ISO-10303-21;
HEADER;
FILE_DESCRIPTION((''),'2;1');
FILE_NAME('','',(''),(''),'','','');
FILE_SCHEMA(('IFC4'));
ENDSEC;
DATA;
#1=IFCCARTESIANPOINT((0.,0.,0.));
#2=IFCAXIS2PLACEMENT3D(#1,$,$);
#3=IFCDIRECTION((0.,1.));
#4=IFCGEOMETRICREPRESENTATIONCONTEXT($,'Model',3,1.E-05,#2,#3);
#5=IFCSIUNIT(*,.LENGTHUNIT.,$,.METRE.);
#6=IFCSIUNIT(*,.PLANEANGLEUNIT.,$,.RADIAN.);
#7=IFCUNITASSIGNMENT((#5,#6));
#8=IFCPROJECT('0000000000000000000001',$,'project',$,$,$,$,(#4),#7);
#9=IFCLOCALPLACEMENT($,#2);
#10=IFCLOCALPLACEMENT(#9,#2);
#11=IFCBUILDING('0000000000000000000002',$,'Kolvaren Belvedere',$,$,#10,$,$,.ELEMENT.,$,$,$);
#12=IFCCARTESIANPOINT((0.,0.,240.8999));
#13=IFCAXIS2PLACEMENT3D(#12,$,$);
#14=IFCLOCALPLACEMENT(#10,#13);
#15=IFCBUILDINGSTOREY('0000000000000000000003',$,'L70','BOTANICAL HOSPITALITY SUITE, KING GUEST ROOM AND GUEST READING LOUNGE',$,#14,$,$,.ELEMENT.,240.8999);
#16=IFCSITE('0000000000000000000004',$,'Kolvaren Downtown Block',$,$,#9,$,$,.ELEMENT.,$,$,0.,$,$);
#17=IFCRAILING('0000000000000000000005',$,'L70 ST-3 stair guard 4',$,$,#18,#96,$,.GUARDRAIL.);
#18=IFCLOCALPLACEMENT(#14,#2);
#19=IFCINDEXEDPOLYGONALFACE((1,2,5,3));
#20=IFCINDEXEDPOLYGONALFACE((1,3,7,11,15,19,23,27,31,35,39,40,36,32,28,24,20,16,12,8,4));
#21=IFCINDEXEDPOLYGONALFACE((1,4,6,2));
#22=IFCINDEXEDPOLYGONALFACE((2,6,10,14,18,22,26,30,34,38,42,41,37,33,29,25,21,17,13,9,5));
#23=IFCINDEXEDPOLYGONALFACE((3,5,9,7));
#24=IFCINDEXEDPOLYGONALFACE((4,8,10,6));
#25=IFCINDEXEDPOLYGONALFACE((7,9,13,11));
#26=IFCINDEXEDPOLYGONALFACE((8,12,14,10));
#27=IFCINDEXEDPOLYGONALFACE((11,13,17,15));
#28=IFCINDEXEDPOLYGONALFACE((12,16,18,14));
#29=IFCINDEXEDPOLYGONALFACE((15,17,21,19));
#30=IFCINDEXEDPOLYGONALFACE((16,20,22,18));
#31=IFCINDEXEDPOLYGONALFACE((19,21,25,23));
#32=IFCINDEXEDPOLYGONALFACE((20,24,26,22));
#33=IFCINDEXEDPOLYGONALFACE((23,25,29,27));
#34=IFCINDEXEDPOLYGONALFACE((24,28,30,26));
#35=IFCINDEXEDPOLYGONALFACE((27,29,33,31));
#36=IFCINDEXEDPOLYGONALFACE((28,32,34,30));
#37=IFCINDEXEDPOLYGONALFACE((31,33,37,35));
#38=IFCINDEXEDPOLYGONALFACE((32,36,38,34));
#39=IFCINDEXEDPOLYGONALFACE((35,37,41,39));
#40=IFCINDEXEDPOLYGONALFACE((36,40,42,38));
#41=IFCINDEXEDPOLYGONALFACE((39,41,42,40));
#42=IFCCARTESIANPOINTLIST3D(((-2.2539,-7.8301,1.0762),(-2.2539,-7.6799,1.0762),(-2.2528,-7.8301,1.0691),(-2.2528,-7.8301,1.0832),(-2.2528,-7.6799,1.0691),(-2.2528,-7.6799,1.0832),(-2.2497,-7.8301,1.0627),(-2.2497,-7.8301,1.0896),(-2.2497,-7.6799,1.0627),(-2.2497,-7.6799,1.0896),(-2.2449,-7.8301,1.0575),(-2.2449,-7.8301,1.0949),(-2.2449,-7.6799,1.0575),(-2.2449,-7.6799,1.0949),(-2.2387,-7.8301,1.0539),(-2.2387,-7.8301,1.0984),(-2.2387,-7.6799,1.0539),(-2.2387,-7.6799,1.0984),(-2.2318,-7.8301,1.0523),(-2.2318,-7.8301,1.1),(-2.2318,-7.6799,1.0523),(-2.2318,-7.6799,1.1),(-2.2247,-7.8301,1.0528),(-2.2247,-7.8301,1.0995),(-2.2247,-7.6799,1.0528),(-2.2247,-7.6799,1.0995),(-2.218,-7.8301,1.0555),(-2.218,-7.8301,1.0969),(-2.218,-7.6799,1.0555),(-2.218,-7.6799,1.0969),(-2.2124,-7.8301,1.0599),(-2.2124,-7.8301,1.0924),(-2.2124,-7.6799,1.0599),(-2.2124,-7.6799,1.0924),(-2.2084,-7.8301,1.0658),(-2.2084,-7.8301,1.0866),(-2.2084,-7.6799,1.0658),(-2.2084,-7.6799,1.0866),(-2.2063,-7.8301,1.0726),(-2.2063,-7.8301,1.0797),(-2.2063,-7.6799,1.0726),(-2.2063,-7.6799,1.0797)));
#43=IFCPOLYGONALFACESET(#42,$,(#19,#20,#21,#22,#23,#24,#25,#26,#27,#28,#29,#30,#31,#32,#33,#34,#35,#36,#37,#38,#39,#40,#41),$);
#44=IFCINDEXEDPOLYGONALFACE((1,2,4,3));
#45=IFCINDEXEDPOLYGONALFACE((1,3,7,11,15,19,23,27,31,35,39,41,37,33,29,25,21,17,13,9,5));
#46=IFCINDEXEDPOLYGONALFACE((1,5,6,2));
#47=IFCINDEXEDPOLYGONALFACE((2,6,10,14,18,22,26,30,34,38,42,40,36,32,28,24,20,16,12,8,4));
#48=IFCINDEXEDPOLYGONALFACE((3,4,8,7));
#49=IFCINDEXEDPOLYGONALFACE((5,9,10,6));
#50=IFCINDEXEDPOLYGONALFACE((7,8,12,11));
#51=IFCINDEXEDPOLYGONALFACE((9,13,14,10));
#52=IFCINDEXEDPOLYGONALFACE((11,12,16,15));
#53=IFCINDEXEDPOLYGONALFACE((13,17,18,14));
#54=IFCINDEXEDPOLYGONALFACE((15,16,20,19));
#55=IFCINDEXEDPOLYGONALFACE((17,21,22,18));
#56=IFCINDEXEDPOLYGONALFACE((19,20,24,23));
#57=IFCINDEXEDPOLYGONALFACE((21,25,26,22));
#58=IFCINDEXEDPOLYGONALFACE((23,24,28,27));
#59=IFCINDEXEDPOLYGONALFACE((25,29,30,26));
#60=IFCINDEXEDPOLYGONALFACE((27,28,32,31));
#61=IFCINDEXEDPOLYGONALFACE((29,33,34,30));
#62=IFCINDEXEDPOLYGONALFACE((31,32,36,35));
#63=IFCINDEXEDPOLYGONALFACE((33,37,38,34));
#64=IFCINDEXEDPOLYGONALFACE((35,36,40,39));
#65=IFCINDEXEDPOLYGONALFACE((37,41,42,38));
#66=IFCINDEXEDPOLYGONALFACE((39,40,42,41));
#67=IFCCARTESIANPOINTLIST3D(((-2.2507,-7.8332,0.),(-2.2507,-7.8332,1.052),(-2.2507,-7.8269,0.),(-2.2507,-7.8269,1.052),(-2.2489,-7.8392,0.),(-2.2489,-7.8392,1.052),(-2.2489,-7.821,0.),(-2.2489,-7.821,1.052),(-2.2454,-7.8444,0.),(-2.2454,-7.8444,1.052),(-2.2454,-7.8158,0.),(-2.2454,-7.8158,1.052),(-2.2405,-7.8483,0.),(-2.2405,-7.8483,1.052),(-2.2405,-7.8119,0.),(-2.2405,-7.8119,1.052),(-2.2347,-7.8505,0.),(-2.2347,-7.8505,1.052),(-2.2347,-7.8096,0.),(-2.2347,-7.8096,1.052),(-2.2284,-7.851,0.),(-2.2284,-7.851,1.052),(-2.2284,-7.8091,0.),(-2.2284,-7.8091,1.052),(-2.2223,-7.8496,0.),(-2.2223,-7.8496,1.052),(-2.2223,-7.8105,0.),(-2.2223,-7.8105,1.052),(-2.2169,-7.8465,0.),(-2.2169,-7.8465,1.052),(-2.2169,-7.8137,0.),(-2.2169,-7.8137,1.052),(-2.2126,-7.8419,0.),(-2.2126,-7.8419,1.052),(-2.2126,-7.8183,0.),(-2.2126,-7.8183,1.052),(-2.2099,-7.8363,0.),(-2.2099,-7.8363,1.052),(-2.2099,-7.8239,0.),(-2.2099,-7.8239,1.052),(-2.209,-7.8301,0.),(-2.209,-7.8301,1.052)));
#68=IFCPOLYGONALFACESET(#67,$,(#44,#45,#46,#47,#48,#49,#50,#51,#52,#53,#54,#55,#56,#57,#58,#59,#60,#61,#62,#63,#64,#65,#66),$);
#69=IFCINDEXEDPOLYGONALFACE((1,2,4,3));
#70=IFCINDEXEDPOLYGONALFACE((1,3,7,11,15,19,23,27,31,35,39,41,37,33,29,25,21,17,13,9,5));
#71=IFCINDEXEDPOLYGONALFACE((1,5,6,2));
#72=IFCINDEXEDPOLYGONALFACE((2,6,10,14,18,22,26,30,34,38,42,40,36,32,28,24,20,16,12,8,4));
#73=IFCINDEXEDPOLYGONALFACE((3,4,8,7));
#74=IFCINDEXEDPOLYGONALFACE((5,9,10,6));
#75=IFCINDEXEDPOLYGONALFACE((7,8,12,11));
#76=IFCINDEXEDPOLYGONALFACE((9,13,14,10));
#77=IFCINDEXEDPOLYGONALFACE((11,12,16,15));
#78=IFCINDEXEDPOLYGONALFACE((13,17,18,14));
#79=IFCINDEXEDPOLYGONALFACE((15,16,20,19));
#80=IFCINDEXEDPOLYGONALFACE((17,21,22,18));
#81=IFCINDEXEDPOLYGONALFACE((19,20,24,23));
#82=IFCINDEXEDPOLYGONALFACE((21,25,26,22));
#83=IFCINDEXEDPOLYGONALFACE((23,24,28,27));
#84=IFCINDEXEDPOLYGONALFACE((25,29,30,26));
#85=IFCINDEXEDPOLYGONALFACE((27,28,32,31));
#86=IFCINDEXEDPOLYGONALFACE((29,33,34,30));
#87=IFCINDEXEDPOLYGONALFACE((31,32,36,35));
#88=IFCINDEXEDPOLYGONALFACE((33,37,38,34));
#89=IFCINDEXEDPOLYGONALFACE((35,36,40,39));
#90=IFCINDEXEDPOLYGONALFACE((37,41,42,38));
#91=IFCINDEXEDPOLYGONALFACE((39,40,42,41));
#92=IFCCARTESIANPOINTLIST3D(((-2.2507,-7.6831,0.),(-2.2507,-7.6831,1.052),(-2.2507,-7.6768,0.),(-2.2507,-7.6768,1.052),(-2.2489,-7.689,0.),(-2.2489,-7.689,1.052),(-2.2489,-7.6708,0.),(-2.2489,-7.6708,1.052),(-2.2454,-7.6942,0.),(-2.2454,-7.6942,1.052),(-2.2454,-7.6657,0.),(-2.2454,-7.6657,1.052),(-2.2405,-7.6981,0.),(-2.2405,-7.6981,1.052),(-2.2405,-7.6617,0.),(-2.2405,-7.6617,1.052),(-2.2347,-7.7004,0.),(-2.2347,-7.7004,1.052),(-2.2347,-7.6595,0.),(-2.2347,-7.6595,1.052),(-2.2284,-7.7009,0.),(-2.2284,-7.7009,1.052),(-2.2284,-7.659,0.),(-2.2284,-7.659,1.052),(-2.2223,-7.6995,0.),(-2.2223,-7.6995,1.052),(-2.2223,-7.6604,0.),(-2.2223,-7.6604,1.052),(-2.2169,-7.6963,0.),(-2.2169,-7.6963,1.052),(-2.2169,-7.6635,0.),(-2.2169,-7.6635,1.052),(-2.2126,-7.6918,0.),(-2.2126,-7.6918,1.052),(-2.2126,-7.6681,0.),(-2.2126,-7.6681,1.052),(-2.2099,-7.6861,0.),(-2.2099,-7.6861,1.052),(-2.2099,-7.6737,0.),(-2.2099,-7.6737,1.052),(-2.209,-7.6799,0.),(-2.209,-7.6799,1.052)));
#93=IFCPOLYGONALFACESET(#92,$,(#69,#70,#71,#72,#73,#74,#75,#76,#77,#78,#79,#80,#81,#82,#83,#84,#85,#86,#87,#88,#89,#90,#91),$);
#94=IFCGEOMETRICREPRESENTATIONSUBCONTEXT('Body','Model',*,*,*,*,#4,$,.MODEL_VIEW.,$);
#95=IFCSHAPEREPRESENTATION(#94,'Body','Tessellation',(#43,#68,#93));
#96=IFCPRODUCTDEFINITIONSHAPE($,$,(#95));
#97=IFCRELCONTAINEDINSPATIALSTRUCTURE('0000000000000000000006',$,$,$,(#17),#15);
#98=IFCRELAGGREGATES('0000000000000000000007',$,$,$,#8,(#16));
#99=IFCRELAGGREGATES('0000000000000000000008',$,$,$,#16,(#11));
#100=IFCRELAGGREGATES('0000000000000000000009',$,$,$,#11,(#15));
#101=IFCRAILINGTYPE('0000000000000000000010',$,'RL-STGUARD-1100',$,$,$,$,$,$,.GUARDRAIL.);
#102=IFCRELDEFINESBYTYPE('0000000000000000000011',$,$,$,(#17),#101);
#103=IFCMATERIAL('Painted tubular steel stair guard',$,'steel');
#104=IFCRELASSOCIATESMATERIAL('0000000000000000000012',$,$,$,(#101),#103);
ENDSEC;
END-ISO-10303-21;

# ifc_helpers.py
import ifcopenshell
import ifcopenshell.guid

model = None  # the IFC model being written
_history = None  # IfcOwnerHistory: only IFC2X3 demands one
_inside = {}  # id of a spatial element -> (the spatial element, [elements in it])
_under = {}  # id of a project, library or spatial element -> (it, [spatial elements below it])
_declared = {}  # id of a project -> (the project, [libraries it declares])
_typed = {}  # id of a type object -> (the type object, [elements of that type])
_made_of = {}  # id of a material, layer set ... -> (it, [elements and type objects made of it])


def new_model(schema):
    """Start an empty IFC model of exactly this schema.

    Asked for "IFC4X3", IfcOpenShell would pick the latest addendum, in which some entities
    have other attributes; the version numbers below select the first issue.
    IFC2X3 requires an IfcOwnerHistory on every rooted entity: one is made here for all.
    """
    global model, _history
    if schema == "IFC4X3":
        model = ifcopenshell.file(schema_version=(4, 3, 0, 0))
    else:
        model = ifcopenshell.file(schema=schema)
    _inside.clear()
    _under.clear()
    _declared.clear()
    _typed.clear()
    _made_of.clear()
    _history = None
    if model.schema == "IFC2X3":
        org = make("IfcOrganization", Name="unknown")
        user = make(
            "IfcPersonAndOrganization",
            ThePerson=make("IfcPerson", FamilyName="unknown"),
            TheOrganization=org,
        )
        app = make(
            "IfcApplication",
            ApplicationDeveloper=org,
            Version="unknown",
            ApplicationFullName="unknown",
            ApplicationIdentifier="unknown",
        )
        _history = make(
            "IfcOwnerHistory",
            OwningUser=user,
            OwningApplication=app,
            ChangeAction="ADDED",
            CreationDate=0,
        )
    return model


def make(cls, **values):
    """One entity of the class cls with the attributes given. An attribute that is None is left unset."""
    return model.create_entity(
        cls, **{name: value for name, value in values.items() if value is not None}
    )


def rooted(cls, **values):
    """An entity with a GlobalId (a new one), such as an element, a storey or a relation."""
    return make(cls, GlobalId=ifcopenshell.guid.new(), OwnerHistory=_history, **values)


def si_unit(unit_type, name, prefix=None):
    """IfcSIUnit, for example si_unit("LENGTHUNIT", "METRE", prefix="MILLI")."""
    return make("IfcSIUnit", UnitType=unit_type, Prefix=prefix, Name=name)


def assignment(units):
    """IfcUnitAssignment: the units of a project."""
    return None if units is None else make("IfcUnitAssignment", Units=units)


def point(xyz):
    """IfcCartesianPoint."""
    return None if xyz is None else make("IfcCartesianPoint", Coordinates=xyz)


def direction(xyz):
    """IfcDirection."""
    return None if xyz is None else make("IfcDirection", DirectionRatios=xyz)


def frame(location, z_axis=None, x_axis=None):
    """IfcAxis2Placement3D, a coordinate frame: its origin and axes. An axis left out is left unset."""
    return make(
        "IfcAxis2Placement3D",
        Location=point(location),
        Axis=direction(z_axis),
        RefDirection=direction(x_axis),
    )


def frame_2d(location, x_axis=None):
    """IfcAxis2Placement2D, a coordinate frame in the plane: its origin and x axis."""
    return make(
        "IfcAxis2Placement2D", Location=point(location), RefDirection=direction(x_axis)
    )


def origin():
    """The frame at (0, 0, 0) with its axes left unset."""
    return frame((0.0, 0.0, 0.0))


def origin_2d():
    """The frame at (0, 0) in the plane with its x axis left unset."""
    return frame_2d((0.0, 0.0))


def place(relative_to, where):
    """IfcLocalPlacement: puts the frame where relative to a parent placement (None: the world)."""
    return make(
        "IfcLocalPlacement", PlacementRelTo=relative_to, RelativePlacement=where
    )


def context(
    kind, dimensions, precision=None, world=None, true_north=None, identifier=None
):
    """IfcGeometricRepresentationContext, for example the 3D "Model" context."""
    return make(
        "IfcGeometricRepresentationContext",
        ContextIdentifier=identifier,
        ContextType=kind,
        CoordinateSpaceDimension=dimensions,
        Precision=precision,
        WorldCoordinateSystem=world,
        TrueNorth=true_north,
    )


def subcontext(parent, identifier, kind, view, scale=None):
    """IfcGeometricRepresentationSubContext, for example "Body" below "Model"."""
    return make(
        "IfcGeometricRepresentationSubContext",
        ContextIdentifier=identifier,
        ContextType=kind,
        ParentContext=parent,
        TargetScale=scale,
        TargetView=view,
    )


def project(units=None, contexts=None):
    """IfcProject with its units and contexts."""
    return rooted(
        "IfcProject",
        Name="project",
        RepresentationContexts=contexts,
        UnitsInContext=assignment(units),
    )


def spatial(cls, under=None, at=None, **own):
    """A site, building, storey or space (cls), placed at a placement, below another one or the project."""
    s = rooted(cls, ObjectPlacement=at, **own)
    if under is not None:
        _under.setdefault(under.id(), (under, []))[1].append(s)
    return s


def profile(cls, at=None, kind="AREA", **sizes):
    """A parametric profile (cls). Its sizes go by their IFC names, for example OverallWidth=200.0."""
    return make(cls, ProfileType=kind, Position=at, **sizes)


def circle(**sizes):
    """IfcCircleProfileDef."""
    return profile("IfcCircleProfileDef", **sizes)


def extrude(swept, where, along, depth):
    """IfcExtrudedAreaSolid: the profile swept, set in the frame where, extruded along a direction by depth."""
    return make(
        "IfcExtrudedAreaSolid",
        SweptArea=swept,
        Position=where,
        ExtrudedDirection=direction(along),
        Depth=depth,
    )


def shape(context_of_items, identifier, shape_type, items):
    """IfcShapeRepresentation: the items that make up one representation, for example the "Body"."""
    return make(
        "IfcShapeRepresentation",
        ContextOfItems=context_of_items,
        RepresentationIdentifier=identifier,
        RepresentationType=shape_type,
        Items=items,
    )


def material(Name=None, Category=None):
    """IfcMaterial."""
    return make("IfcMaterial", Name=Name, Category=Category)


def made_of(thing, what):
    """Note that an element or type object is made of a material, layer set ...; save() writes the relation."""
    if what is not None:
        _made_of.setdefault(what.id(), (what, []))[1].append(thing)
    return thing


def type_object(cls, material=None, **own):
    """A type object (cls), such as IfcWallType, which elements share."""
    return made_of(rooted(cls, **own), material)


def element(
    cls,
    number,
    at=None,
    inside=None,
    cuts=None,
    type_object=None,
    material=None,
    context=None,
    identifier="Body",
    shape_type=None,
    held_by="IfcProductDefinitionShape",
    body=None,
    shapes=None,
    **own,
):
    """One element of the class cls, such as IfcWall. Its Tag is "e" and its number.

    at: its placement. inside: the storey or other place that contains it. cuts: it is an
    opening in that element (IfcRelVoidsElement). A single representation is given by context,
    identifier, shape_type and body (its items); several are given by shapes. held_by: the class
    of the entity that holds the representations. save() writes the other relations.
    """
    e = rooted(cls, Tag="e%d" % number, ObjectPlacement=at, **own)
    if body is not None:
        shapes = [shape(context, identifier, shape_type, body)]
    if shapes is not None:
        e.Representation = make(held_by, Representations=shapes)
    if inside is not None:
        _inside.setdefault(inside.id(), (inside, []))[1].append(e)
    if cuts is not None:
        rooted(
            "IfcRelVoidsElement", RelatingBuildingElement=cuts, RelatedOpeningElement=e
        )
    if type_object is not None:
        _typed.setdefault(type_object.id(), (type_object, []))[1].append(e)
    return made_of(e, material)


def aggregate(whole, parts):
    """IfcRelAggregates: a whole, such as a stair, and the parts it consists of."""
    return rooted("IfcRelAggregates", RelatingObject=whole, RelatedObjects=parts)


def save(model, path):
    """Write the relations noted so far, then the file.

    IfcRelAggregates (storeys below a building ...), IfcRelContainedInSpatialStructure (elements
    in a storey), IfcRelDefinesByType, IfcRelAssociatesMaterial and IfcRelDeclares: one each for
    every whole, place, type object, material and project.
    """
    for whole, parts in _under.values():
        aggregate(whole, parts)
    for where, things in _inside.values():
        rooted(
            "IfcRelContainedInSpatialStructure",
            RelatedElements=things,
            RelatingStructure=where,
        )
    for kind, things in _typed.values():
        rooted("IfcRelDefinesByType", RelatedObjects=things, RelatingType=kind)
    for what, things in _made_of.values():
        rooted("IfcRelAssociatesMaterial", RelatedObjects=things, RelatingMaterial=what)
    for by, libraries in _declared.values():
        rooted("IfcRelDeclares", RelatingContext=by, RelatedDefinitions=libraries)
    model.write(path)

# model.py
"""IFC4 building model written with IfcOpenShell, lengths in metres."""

from ifc_helpers import new_model, si_unit, direction, frame, origin, origin_2d, place, context, subcontext, project, spatial, circle, extrude, material, type_object, element, save


model = new_model("IFC4")

# Units and contexts
model_context = context("Model", 3, precision=1e-05, world=origin(), true_north=direction((0.0, 1.0)))
body_context = subcontext(model_context, "Body", "Model", "MODEL_VIEW")
ifc_project = project(units=[si_unit("LENGTHUNIT", "METRE"), si_unit("PLANEANGLEUNIT", "RADIAN")], contexts=[model_context])

# Site, building, storey
site_placement = place(None, origin())
site = spatial("IfcSite", under=ifc_project, at=site_placement, Name="Kolvaren Downtown Block", CompositionType="ELEMENT", RefElevation=0.0)
building_placement = place(site_placement, origin())
building = spatial("IfcBuilding", under=site, at=building_placement, Name="Kolvaren Belvedere", CompositionType="ELEMENT")
storey_placement = place(building_placement, frame((0.0, 0.0, 240.8999)))
storey = spatial("IfcBuildingStorey", under=building, at=storey_placement, Name="L70", Description="BOTANICAL HOSPITALITY SUITE, KING GUEST ROOM AND GUEST READING LOUNGE", CompositionType="ELEMENT", Elevation=240.8999)

# Railing
ifc_material_1 = material(Name="Painted tubular steel stair guard", Category="steel")
railing_type_1 = type_object("IfcRailingType", Name="RL-STGUARD-1100", PredefinedType="GUARDRAIL", material=ifc_material_1)
railing_1_placement = place(storey_placement, frame((-2.23, -7.8301, 0.0)))
element("IfcRailing", 1, at=railing_1_placement, inside=storey, type_object=railing_type_1, Name="L70 ST-3 stair guard 4", PredefinedType="GUARDRAIL", context=body_context, shape_type="SweptSolid", body=[
    extrude(circle(Radius=0.0239, at=origin_2d()), frame((0.0, 0.0, 1.0762), z_axis=(0.0, 1.0, 0.0), x_axis=(-1.0, 0.0, 0.0)), (0.0, 0.0, 1.0), 0.1501),
    extrude(circle(Radius=0.021, at=origin_2d()), origin(), (0.0, 0.0, 1.0), 1.052),
    extrude(circle(Radius=0.021, at=origin_2d()), frame((0.0, 0.1501, 0.0)), (0.0, 0.0, 1.0), 1.052),
])

save(model, "model.ifc")
